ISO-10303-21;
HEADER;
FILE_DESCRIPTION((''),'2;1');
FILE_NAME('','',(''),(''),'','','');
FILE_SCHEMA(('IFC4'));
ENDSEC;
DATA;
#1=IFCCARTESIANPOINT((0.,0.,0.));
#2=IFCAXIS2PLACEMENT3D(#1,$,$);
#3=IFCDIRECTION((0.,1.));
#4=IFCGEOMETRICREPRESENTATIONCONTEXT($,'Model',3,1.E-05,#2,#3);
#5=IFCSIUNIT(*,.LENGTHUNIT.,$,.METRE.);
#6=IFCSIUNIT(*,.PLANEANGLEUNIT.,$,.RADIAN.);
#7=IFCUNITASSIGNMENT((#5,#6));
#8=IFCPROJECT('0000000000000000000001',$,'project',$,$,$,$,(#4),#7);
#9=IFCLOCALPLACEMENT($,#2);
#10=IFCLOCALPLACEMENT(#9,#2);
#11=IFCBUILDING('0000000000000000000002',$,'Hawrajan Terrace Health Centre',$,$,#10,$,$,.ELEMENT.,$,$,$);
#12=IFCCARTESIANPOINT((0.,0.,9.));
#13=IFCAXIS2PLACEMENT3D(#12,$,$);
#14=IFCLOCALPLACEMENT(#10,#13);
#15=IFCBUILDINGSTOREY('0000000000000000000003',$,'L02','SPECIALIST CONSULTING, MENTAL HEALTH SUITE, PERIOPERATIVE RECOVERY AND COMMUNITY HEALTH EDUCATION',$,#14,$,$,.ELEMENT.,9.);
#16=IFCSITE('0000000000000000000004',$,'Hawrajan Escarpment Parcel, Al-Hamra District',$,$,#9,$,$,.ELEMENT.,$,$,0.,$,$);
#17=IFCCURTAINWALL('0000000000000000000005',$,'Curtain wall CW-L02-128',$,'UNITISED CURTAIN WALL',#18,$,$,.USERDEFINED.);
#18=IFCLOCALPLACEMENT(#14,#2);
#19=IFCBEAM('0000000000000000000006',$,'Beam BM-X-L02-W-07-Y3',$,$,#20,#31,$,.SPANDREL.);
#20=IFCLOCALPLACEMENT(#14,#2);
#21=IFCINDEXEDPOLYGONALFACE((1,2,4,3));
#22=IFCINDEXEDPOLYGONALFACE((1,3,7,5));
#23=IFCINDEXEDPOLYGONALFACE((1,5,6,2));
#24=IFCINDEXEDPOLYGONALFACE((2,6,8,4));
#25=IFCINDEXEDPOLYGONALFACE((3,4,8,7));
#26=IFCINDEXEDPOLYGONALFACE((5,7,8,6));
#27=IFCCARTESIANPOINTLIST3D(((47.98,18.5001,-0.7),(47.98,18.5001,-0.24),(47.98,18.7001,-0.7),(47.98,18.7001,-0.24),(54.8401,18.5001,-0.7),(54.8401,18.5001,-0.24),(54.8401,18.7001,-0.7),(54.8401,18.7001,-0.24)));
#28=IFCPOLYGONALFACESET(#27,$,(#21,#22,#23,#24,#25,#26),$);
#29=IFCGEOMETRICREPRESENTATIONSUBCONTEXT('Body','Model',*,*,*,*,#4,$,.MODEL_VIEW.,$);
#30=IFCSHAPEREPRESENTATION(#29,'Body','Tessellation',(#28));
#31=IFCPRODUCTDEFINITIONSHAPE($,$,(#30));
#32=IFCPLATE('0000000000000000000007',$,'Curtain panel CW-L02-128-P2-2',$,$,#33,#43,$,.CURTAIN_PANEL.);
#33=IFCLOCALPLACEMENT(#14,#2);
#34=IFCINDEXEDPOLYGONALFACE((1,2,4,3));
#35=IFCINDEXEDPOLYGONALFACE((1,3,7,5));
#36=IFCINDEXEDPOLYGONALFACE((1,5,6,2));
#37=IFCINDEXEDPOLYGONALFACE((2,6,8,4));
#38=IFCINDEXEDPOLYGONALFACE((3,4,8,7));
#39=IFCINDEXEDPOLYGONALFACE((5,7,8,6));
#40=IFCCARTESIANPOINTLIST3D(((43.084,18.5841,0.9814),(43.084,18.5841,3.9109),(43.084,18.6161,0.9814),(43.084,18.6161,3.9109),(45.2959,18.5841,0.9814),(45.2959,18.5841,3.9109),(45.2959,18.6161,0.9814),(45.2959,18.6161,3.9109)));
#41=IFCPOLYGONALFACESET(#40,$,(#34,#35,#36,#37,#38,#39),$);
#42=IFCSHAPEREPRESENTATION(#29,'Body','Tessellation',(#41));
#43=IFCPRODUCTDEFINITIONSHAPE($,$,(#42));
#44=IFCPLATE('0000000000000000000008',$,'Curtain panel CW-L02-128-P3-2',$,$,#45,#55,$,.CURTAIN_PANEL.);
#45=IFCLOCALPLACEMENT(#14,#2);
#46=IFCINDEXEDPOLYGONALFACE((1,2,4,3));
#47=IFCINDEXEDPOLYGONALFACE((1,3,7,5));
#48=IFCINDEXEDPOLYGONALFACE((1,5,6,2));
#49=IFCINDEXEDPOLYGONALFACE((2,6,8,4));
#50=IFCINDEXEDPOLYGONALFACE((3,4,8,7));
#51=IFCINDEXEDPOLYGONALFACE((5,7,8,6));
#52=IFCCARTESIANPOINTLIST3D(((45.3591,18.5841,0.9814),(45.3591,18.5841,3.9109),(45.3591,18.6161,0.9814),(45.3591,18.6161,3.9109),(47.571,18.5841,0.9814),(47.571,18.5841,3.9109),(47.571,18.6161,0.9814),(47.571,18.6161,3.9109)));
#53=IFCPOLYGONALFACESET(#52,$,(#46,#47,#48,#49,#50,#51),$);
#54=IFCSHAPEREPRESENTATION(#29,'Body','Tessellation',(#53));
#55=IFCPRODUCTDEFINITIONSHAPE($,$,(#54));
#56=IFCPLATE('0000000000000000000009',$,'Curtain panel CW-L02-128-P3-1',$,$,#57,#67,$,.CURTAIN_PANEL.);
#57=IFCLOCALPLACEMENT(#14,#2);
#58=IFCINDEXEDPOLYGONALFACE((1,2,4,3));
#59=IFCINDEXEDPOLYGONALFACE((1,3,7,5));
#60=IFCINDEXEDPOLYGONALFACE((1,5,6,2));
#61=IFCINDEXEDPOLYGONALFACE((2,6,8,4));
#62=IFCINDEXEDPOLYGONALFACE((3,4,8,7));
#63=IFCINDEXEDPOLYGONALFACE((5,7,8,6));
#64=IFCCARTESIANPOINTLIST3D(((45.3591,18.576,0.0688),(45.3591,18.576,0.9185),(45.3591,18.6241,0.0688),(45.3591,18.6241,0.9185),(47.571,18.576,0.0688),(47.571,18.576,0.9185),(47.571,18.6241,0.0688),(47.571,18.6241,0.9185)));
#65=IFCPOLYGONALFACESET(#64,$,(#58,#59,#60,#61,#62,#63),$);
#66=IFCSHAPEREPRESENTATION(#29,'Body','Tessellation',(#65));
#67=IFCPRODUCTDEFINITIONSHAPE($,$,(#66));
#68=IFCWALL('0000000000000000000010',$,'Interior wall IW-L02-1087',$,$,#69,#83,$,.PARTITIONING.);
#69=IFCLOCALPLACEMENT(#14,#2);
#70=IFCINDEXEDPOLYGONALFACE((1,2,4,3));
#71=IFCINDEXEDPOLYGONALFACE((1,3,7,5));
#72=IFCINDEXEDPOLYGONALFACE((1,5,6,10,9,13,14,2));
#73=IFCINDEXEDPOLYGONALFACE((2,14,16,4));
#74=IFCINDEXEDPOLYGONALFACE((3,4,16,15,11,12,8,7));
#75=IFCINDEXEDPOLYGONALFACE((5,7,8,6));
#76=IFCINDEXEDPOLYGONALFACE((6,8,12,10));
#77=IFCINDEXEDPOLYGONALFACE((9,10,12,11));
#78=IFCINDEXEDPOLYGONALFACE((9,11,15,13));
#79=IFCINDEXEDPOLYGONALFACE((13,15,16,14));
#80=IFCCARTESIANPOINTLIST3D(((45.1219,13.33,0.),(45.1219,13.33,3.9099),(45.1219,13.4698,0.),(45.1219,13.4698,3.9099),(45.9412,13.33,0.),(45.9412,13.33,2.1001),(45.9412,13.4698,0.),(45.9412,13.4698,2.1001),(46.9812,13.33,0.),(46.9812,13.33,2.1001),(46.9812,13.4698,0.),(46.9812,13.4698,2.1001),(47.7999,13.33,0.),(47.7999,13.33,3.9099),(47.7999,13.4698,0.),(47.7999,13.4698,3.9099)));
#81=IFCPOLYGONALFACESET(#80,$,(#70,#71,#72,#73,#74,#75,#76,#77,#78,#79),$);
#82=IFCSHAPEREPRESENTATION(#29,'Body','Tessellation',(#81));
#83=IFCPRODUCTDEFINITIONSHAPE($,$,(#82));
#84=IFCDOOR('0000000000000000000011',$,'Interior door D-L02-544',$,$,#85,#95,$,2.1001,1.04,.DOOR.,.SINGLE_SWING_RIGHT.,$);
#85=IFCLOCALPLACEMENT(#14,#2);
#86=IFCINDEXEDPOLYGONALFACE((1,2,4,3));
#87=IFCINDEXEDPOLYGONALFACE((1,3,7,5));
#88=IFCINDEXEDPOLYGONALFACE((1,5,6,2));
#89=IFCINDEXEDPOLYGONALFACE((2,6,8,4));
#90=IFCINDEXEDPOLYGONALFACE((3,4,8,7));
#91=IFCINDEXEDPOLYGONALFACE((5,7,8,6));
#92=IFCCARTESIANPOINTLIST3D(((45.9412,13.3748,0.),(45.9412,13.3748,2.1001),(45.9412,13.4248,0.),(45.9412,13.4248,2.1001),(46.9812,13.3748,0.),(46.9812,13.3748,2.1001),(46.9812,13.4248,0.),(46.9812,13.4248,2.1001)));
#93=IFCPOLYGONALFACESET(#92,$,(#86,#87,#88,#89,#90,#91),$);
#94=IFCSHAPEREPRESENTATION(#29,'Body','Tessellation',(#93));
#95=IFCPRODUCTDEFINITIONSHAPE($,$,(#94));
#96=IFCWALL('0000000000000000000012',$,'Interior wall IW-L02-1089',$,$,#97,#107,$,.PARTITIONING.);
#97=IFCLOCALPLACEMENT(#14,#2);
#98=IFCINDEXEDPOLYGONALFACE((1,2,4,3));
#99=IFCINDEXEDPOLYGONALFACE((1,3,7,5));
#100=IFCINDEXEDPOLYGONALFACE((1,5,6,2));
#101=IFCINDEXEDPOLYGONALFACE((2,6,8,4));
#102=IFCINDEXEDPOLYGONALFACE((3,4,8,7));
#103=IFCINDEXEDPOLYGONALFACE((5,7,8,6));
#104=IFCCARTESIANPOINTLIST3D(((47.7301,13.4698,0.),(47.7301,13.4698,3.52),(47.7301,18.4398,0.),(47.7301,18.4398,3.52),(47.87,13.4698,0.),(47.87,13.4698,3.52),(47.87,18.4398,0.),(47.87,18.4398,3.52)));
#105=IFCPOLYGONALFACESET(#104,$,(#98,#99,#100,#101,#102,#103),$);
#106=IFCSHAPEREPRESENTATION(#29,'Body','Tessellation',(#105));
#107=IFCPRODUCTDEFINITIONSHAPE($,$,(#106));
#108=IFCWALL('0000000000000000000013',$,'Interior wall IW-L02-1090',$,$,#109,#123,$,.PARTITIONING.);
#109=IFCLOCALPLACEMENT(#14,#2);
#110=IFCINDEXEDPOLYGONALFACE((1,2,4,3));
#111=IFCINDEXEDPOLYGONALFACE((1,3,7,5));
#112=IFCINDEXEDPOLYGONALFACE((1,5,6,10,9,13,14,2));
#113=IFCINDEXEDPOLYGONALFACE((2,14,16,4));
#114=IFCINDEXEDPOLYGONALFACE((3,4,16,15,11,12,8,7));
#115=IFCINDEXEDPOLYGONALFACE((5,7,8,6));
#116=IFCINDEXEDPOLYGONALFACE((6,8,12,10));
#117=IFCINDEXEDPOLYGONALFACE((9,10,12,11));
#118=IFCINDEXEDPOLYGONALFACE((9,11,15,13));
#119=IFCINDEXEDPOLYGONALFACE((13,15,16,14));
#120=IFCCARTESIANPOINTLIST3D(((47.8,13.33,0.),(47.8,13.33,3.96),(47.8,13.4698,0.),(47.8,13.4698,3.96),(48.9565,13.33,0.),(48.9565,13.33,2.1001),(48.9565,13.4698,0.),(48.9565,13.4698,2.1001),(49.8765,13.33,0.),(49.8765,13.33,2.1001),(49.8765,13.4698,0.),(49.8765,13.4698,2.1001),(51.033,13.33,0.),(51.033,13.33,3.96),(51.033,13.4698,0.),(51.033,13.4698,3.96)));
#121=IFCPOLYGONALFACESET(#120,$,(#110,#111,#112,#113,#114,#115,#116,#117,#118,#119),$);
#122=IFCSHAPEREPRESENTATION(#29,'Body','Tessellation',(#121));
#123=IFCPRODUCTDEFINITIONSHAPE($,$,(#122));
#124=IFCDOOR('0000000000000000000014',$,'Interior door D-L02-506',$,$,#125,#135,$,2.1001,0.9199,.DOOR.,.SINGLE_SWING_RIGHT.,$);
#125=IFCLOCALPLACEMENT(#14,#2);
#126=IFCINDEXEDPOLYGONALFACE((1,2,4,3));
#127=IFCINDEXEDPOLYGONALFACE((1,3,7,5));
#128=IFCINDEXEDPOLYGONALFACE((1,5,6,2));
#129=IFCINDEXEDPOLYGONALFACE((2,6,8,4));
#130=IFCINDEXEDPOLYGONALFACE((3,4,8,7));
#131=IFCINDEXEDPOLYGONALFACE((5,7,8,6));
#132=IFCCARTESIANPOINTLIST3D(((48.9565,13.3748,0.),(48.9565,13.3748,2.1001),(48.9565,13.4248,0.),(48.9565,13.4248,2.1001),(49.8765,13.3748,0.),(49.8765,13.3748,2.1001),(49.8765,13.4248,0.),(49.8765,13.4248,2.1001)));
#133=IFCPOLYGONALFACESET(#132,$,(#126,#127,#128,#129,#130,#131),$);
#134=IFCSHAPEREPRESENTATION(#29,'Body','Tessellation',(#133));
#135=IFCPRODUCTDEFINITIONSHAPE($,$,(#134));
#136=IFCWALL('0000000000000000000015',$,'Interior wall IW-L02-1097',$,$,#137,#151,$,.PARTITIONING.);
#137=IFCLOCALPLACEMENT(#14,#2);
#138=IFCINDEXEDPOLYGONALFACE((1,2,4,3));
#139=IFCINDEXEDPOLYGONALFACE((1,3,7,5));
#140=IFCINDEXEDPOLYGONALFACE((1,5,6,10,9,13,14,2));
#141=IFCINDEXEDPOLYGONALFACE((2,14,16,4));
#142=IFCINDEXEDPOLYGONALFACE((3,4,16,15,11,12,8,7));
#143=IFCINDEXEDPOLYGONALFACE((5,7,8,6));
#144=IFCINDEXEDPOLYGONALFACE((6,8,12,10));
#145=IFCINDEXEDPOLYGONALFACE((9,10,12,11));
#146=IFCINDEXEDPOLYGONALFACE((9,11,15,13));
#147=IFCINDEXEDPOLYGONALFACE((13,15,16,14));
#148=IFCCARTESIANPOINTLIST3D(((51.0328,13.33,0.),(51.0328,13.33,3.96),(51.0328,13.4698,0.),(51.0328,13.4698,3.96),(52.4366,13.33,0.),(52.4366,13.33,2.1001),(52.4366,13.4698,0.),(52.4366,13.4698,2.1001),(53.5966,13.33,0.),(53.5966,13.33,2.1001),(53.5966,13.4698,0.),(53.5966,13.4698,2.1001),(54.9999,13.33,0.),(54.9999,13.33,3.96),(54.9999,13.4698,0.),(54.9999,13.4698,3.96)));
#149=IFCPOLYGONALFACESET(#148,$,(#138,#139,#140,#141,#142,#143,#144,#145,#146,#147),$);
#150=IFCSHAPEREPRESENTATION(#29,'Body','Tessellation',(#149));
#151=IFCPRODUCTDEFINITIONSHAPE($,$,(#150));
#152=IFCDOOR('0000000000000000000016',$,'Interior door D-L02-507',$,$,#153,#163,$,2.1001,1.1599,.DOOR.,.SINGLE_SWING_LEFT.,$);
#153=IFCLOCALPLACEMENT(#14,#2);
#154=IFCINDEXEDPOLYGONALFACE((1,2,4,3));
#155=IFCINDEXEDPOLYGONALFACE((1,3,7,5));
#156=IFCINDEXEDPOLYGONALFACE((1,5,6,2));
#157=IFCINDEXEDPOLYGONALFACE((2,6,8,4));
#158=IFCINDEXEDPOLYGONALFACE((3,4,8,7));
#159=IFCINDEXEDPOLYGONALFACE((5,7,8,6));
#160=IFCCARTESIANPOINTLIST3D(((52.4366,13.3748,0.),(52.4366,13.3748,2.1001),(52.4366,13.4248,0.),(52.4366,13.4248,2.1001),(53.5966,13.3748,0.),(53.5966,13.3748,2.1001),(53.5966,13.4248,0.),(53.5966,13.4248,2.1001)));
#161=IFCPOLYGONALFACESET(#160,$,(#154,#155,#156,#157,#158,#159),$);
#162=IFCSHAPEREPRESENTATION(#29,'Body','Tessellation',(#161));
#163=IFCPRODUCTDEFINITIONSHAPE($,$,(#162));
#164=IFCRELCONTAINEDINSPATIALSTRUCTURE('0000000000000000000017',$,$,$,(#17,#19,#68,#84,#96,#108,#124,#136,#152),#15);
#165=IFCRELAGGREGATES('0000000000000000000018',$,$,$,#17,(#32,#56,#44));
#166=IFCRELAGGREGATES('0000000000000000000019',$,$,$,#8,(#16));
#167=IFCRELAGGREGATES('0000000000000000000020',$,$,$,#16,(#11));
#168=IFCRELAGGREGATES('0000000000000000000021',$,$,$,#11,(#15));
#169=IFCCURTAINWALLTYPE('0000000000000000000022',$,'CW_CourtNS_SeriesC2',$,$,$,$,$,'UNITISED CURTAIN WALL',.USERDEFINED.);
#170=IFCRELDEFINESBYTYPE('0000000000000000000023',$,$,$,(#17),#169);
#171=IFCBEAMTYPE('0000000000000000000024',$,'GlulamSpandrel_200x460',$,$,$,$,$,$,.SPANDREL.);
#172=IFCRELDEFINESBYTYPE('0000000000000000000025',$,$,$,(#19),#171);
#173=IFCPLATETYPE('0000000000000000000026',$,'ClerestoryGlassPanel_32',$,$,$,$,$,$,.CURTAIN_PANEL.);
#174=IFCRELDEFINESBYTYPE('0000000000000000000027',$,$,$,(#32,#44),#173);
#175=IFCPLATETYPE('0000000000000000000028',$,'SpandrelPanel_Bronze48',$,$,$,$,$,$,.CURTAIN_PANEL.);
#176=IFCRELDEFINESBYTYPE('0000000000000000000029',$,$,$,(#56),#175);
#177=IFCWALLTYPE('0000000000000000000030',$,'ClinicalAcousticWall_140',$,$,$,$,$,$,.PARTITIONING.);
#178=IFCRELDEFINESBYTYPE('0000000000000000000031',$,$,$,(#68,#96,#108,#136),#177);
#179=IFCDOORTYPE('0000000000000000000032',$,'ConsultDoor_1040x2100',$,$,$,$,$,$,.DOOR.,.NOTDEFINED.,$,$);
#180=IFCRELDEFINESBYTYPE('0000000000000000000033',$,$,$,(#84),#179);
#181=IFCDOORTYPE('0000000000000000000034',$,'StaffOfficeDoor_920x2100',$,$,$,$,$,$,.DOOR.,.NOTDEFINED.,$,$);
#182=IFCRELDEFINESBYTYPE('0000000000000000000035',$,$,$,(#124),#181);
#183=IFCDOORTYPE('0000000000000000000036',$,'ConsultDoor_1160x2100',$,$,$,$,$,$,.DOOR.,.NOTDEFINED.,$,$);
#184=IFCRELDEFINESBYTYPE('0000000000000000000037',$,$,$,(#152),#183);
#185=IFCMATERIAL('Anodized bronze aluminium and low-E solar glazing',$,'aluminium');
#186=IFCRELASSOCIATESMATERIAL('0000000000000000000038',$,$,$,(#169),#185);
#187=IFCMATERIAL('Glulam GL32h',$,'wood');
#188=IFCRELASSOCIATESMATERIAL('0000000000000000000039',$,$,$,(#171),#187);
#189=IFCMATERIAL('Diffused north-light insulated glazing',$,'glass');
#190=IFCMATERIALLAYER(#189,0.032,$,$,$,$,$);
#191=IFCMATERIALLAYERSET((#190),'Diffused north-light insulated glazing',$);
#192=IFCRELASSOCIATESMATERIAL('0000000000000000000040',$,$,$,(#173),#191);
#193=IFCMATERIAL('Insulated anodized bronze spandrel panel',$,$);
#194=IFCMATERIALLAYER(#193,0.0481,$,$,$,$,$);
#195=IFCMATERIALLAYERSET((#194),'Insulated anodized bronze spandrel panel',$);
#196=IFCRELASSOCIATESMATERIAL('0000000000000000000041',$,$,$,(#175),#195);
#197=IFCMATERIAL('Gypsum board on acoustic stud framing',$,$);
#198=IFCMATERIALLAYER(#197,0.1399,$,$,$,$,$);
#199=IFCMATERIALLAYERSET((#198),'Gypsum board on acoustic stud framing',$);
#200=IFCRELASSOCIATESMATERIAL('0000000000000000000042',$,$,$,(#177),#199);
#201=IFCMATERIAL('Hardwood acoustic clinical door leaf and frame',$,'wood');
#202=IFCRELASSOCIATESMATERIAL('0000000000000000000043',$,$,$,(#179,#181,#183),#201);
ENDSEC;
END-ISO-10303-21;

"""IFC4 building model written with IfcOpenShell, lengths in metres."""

from ifc_helpers import new_model, si_unit, direction, frame, frame_2d, origin, origin_2d, place, context, subcontext, project, spatial, rectangle, extrude, material, layer, layer_set, material_profile, profile_set, type_object, element, fill, aggregate, save


model = new_model("IFC4")

# Units and contexts
model_context = context("Model", 3, precision=1e-05, world=origin(), true_north=direction((0.0, 1.0)))
body_context = subcontext(model_context, "Body", "Model", "MODEL_VIEW")
ifc_project = project(units=[si_unit("LENGTHUNIT", "METRE"), si_unit("PLANEANGLEUNIT", "RADIAN")], contexts=[model_context])

# Site, building, storey
site_placement = place(None, origin())
site = spatial("IfcSite", under=ifc_project, at=site_placement, Name="Hawrajan Escarpment Parcel, Al-Hamra District", CompositionType="ELEMENT", RefElevation=0.0)
building_placement = place(site_placement, origin())
building = spatial("IfcBuilding", under=site, at=building_placement, Name="Hawrajan Terrace Health Centre", CompositionType="ELEMENT")
storey_placement = place(building_placement, frame((0.0, 0.0, 9.0)))
storey = spatial("IfcBuildingStorey", under=building, at=storey_placement, Name="L02", Description="SPECIALIST CONSULTING, MENTAL HEALTH SUITE, PERIOPERATIVE RECOVERY AND COMMUNITY HEALTH EDUCATION", CompositionType="ELEMENT", Elevation=9.0)

# Shared definitions
ifc_material_1 = material(Name="Glulam GL32h", Category="wood")

# Shared definitions
ifc_material_2 = material(Name="Anodized bronze aluminium and low-E solar glazing", Category="aluminium")

# Curtain wall
curtain_wall_type_1 = type_object("IfcCurtainWallType", Name="CW_CourtNS_SeriesC2", ElementType="UNITISED CURTAIN WALL", PredefinedType="USERDEFINED", material=ifc_material_2)
curtain_wall_1_placement = place(storey_placement, origin())
curtain_wall_1 = element("IfcCurtainWall", 1, at=curtain_wall_1_placement, inside=storey, type_object=curtain_wall_type_1, Name="Curtain wall CW-L02-128", ObjectType="UNITISED CURTAIN WALL", PredefinedType="USERDEFINED")

# Beam
ifc_material_profile_1 = material_profile(ifc_material_1, rectangle(XDim=0.2, YDim=0.46, at=origin_2d()), Name="GL SP 200x460")
ifc_profile_set_1 = profile_set([ifc_material_profile_1], Name="Glulam GL32h")
beam_type = type_object("IfcBeamType", Name="GlulamSpandrel_200x460", PredefinedType="SPANDREL", material=ifc_profile_set_1)
beam_placement = place(storey_placement, frame((47.98, 18.6001, -0.47), z_axis=(1.0, 0.0, 0.0), x_axis=(0.0, 1.0, 0.0)))
element("IfcBeam", 2, at=beam_placement, inside=storey, type_object=beam_type, Name="Beam BM-X-L02-W-07-Y3", PredefinedType="SPANDREL", context=body_context, shape_type="SweptSolid", body=[
    extrude(rectangle(XDim=0.2, YDim=0.46, at=origin_2d()), origin(), (0.0, 0.0, 1.0), 6.8601),
])

# Plates
ifc_material_3 = material(Name="Diffused north-light insulated glazing", Category="glass")
ifc_layer_1 = layer(ifc_material_3, 0.032)
ifc_layer_set_1 = layer_set([ifc_layer_1], Name="Diffused north-light insulated glazing")
plate_type_1 = type_object("IfcPlateType", Name="ClerestoryGlassPanel_32", PredefinedType="CURTAIN_PANEL", material=ifc_layer_set_1)
plate_1_placement = place(storey_placement, frame((44.1899, 18.6001, 0.9814), z_axis=(0.0, 0.0, 1.0), x_axis=(1.0, 0.0, 0.0)))
plate_1 = element("IfcPlate", 3, at=plate_1_placement, type_object=plate_type_1, Name="Curtain panel CW-L02-128-P2-2", PredefinedType="CURTAIN_PANEL", context=body_context, shape_type="SweptSolid", body=[
    extrude(rectangle(XDim=2.2119, YDim=0.032, at=origin_2d()), origin(), (0.0, 0.0, 1.0), 2.9294),
])
plate_2_placement = place(storey_placement, frame((46.4651, 18.6001, 0.9814), z_axis=(0.0, 0.0, 1.0), x_axis=(1.0, 0.0, 0.0)))
plate_2 = element("IfcPlate", 4, at=plate_2_placement, type_object=plate_type_1, Name="Curtain panel CW-L02-128-P3-2", PredefinedType="CURTAIN_PANEL", context=body_context, shape_type="SweptSolid", body=[
    extrude(rectangle(XDim=2.2119, YDim=0.032, at=origin_2d()), origin(), (0.0, 0.0, 1.0), 2.9294),
])
ifc_material_4 = material(Name="Insulated anodized bronze spandrel panel")
ifc_layer_2 = layer(ifc_material_4, 0.0481)
ifc_layer_set_2 = layer_set([ifc_layer_2], Name="Insulated anodized bronze spandrel panel")
plate_type_2 = type_object("IfcPlateType", Name="SpandrelPanel_Bronze48", PredefinedType="CURTAIN_PANEL", material=ifc_layer_set_2)
plate_3_placement = place(storey_placement, frame((46.4651, 18.6001, 0.0688), z_axis=(0.0, 0.0, 1.0), x_axis=(1.0, 0.0, 0.0)))
plate_3 = element("IfcPlate", 5, at=plate_3_placement, type_object=plate_type_2, Name="Curtain panel CW-L02-128-P3-1", PredefinedType="CURTAIN_PANEL", context=body_context, shape_type="SweptSolid", body=[
    extrude(rectangle(XDim=2.2119, YDim=0.0481, at=origin_2d()), origin(), (0.0, 0.0, 1.0), 0.8496),
])
aggregate(curtain_wall_1, [plate_1, plate_3, plate_2])

# Shared definitions
ifc_material_5 = material(Name="Gypsum board on acoustic stud framing")
ifc_layer_3 = layer(ifc_material_5, 0.1399)
ifc_layer_set_3 = layer_set([ifc_layer_3], Name="Gypsum board on acoustic stud framing")
wall_type = type_object("IfcWallType", Name="ClinicalAcousticWall_140", PredefinedType="PARTITIONING", material=ifc_layer_set_3)

# Wall, opening, door
wall_1_placement = place(storey_placement, frame((45.1221, 13.3999, 0.0), z_axis=(0.0, 0.0, 1.0), x_axis=(1.0, 0.0, 0.0)))
wall_1 = element("IfcWall", 6, at=wall_1_placement, inside=storey, type_object=wall_type, Name="Interior wall IW-L02-1087", PredefinedType="PARTITIONING", context=body_context, shape_type="SweptSolid", body=[
    extrude(rectangle(XDim=2.678, YDim=0.1399, at=frame_2d((1.3389, 0.0))), origin(), (0.0, 0.0, 1.0), 3.9099),
])
opening_1_placement = place(wall_1_placement, frame((0.8191, 0.0, 0.0)))
opening_1 = element("IfcOpeningElement", 7, at=opening_1_placement, cuts=wall_1, PredefinedType="OPENING", context=body_context, shape_type="SweptSolid", body=[
    extrude(rectangle(XDim=1.04, YDim=2.1001, at=frame_2d((0.52, 1.05))), frame((0.0, 0.0798, 0.0), z_axis=(0.0, -1.0, 0.0), x_axis=(1.0, 0.0, 0.0)), (0.0, 0.0, 1.0), 0.1599),
])
ifc_material_6 = material(Name="Hardwood acoustic clinical door leaf and frame", Category="wood")
door_type_1 = type_object("IfcDoorType", Name="ConsultDoor_1040x2100", OperationType="NOTDEFINED", PredefinedType="DOOR", material=ifc_material_6)
door_1_placement = place(opening_1_placement, origin())
door_1 = element("IfcDoor", 8, at=door_1_placement, inside=storey, type_object=door_type_1, Name="Interior door D-L02-544", OperationType="SINGLE_SWING_RIGHT", OverallHeight=2.1001, OverallWidth=1.04, PredefinedType="DOOR", context=body_context, shape_type="SweptSolid", body=[
    extrude(rectangle(XDim=1.04, YDim=2.1001, at=frame_2d((0.52, 1.05))), frame((0.0, 0.0249, 0.0), z_axis=(0.0, -1.0, 0.0), x_axis=(1.0, 0.0, 0.0)), (0.0, 0.0, 1.0), 0.05),
])
fill(opening_1, door_1)

# Wall
wall_2_placement = place(storey_placement, frame((47.8, 13.47, 0.0), z_axis=(0.0, 0.0, 1.0), x_axis=(0.0, 1.0, 0.0)))
element("IfcWall", 9, at=wall_2_placement, inside=storey, type_object=wall_type, Name="Interior wall IW-L02-1089", PredefinedType="PARTITIONING", context=body_context, shape_type="SweptSolid", body=[
    extrude(rectangle(XDim=4.97, YDim=0.1399, at=frame_2d((2.4849, 0.0))), origin(), (0.0, 0.0, 1.0), 3.52),
])

# Wall, opening, door
wall_3_placement = place(storey_placement, frame((47.8, 13.3999, 0.0), z_axis=(0.0, 0.0, 1.0), x_axis=(1.0, 0.0, 0.0)))
wall_3 = element("IfcWall", 10, at=wall_3_placement, inside=storey, type_object=wall_type, Name="Interior wall IW-L02-1090", PredefinedType="PARTITIONING", context=body_context, shape_type="SweptSolid", body=[
    extrude(rectangle(XDim=3.2329, YDim=0.1399, at=frame_2d((1.6165, 0.0))), origin(), (0.0, 0.0, 1.0), 3.96),
])
opening_2_placement = place(wall_3_placement, frame((1.1565, 0.0, 0.0)))
opening_2 = element("IfcOpeningElement", 11, at=opening_2_placement, cuts=wall_3, PredefinedType="OPENING", context=body_context, shape_type="SweptSolid", body=[
    extrude(rectangle(XDim=0.9199, YDim=2.1001, at=frame_2d((0.46, 1.05))), frame((0.0, 0.0798, 0.0), z_axis=(0.0, -1.0, 0.0), x_axis=(1.0, 0.0, 0.0)), (0.0, 0.0, 1.0), 0.1599),
])
door_type_2 = type_object("IfcDoorType", Name="StaffOfficeDoor_920x2100", OperationType="NOTDEFINED", PredefinedType="DOOR", material=ifc_material_6)
door_2_placement = place(opening_2_placement, origin())
door_2 = element("IfcDoor", 12, at=door_2_placement, inside=storey, type_object=door_type_2, Name="Interior door D-L02-506", OperationType="SINGLE_SWING_RIGHT", OverallHeight=2.1001, OverallWidth=0.9199, PredefinedType="DOOR", context=body_context, shape_type="SweptSolid", body=[
    extrude(rectangle(XDim=0.9199, YDim=2.1001, at=frame_2d((0.46, 1.05))), frame((0.0, 0.0249, 0.0), z_axis=(0.0, -1.0, 0.0), x_axis=(1.0, 0.0, 0.0)), (0.0, 0.0, 1.0), 0.05),
])
fill(opening_2, door_2)

# Wall, opening, door
wall_4_placement = place(storey_placement, frame((51.033, 13.3999, 0.0), z_axis=(0.0, 0.0, 1.0), x_axis=(1.0, 0.0, 0.0)))
wall_4 = element("IfcWall", 13, at=wall_4_placement, inside=storey, type_object=wall_type, Name="Interior wall IW-L02-1097", PredefinedType="PARTITIONING", context=body_context, shape_type="SweptSolid", body=[
    extrude(rectangle(XDim=3.967, YDim=0.1399, at=frame_2d((1.9834, 0.0))), origin(), (0.0, 0.0, 1.0), 3.96),
])
opening_3_placement = place(wall_4_placement, frame((1.4036, 0.0, 0.0)))
opening_3 = element("IfcOpeningElement", 14, at=opening_3_placement, cuts=wall_4, PredefinedType="OPENING", context=body_context, shape_type="SweptSolid", body=[
    extrude(rectangle(XDim=1.1599, YDim=2.1001, at=frame_2d((0.5801, 1.05))), frame((0.0, 0.0798, 0.0), z_axis=(0.0, -1.0, 0.0), x_axis=(1.0, 0.0, 0.0)), (0.0, 0.0, 1.0), 0.1599),
])
door_type_3 = type_object("IfcDoorType", Name="ConsultDoor_1160x2100", OperationType="NOTDEFINED", PredefinedType="DOOR", material=ifc_material_6)
door_3_placement = place(opening_3_placement, origin())
door_3 = element("IfcDoor", 15, at=door_3_placement, inside=storey, type_object=door_type_3, Name="Interior door D-L02-507", OperationType="SINGLE_SWING_LEFT", OverallHeight=2.1001, OverallWidth=1.1599, PredefinedType="DOOR", context=body_context, shape_type="SweptSolid", body=[
    extrude(rectangle(XDim=1.1599, YDim=2.1001, at=frame_2d((0.5801, 1.05))), frame((0.0, 0.0249, 0.0), z_axis=(0.0, -1.0, 0.0), x_axis=(1.0, 0.0, 0.0)), (0.0, 0.0, 1.0), 0.05),
])
fill(opening_3, door_3)

save(model, "model.ifc")
